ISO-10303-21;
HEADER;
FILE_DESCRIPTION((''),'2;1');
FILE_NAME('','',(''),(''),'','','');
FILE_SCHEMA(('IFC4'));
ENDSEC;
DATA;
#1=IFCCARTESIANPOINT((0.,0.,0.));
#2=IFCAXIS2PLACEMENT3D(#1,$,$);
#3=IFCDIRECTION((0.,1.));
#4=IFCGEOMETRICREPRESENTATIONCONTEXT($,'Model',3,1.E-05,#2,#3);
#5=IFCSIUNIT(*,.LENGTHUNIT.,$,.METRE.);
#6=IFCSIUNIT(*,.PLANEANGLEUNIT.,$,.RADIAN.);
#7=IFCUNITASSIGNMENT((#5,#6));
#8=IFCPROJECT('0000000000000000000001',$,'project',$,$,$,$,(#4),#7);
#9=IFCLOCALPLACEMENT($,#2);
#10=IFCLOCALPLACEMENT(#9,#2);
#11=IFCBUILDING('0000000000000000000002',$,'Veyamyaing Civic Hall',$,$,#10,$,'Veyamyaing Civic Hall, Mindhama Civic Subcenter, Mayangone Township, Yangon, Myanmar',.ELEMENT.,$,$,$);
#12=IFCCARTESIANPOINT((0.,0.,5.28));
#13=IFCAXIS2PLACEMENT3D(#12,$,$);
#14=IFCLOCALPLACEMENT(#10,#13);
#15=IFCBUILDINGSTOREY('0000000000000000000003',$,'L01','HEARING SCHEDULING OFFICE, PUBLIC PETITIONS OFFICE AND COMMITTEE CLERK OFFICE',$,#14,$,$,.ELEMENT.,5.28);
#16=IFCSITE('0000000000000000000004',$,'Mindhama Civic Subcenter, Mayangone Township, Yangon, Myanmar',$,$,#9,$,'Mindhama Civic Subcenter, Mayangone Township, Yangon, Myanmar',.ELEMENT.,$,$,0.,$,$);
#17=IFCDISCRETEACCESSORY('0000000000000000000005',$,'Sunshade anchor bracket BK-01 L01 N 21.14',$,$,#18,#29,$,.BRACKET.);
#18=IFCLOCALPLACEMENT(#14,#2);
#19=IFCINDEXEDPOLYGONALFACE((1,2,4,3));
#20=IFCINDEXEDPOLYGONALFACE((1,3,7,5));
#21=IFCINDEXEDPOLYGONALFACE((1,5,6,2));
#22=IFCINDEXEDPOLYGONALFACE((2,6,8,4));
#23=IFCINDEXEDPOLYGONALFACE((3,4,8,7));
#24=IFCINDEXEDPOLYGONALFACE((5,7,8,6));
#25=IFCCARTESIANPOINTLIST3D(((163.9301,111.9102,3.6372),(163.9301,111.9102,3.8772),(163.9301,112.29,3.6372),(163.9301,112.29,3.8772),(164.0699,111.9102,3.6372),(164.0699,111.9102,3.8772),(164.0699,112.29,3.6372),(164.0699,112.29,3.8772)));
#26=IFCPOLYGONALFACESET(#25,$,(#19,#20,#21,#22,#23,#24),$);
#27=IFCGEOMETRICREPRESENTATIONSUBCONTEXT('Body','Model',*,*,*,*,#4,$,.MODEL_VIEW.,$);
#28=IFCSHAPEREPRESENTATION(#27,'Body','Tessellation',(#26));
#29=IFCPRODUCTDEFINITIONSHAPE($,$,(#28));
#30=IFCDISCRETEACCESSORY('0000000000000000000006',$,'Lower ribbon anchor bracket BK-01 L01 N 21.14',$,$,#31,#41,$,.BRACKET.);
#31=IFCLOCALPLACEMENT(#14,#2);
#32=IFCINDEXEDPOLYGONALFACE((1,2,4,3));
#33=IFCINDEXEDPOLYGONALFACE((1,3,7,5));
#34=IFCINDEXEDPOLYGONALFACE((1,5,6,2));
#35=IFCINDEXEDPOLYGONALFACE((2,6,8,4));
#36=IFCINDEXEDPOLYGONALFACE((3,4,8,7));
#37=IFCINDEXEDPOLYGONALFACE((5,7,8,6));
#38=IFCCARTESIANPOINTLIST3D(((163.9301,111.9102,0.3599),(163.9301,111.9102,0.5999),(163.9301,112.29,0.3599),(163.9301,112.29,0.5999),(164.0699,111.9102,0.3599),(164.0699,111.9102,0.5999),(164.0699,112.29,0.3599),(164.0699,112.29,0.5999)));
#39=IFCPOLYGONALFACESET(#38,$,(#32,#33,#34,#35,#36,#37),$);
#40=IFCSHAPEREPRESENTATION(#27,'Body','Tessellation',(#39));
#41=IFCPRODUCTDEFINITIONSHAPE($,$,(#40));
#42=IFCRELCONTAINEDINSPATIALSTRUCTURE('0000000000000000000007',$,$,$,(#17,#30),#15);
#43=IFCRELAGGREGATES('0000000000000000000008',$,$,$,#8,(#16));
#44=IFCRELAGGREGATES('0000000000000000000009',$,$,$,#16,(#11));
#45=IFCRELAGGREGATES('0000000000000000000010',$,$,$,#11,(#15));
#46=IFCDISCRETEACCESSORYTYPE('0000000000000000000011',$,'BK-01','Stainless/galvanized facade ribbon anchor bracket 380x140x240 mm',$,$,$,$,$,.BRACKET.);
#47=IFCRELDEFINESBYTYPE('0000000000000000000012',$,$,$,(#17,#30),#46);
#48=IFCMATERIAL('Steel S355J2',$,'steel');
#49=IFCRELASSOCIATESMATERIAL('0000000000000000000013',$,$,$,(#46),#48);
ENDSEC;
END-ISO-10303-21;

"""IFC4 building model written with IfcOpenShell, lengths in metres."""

from ifc_helpers import new_model, si_unit, direction, frame, origin, origin_2d, place, context, subcontext, project, spatial, rectangle, extrude, material, type_object, element, save


model = new_model("IFC4")

# Units and contexts
model_context = context("Model", 3, precision=1e-05, world=origin(), true_north=direction((0.0, 1.0)))
body_context = subcontext(model_context, "Body", "Model", "MODEL_VIEW")
ifc_project = project(units=[si_unit("LENGTHUNIT", "METRE"), si_unit("PLANEANGLEUNIT", "RADIAN")], contexts=[model_context])

# Site, building, storey
site_placement = place(None, origin())
site = spatial("IfcSite", under=ifc_project, at=site_placement, Name="Mindhama Civic Subcenter, Mayangone Township, Yangon, Myanmar", LongName="Mindhama Civic Subcenter, Mayangone Township, Yangon, Myanmar", CompositionType="ELEMENT", RefElevation=0.0)
building_placement = place(site_placement, origin())
building = spatial("IfcBuilding", under=site, at=building_placement, Name="Veyamyaing Civic Hall", LongName="Veyamyaing Civic Hall, Mindhama Civic Subcenter, Mayangone Township, Yangon, Myanmar", CompositionType="ELEMENT")
storey_placement = place(building_placement, frame((0.0, 0.0, 5.28)))
storey = spatial("IfcBuildingStorey", under=building, at=storey_placement, Name="L01", Description="HEARING SCHEDULING OFFICE, PUBLIC PETITIONS OFFICE AND COMMITTEE CLERK OFFICE", CompositionType="ELEMENT", Elevation=5.28)

# Discrete accessories
ifc_material_1 = material(Name="Steel S355J2", Category="steel")
discrete_accessory_type = type_object("IfcDiscreteAccessoryType", Name="BK-01", Description="Stainless/galvanized facade ribbon anchor bracket 380x140x240 mm", PredefinedType="BRACKET", material=ifc_material_1)
for number, where, z_axis, x_axis, name in (
    (1, (164.0, 112.1001, 3.6372), (0.0, 0.0, 1.0), (0.0, 1.0, 0.0), "Sunshade anchor bracket BK-01 L01 N 21.14"),
    (2, (164.0, 112.1001, 0.3599), (0.0, 0.0, 1.0), (0.0, 1.0, 0.0), "Lower ribbon anchor bracket BK-01 L01 N 21.14"),
):
    element("IfcDiscreteAccessory", number, at=place(storey_placement, frame(where, z_axis=z_axis, x_axis=x_axis)), inside=storey, type_object=discrete_accessory_type, Name=name, PredefinedType="BRACKET", context=body_context, shape_type="SweptSolid", body=[
        extrude(rectangle(XDim=0.3799, YDim=0.1399, at=origin_2d()), origin(), (0.0, 0.0, 1.0), 0.24),
    ])

save(model, "model.ifc")
